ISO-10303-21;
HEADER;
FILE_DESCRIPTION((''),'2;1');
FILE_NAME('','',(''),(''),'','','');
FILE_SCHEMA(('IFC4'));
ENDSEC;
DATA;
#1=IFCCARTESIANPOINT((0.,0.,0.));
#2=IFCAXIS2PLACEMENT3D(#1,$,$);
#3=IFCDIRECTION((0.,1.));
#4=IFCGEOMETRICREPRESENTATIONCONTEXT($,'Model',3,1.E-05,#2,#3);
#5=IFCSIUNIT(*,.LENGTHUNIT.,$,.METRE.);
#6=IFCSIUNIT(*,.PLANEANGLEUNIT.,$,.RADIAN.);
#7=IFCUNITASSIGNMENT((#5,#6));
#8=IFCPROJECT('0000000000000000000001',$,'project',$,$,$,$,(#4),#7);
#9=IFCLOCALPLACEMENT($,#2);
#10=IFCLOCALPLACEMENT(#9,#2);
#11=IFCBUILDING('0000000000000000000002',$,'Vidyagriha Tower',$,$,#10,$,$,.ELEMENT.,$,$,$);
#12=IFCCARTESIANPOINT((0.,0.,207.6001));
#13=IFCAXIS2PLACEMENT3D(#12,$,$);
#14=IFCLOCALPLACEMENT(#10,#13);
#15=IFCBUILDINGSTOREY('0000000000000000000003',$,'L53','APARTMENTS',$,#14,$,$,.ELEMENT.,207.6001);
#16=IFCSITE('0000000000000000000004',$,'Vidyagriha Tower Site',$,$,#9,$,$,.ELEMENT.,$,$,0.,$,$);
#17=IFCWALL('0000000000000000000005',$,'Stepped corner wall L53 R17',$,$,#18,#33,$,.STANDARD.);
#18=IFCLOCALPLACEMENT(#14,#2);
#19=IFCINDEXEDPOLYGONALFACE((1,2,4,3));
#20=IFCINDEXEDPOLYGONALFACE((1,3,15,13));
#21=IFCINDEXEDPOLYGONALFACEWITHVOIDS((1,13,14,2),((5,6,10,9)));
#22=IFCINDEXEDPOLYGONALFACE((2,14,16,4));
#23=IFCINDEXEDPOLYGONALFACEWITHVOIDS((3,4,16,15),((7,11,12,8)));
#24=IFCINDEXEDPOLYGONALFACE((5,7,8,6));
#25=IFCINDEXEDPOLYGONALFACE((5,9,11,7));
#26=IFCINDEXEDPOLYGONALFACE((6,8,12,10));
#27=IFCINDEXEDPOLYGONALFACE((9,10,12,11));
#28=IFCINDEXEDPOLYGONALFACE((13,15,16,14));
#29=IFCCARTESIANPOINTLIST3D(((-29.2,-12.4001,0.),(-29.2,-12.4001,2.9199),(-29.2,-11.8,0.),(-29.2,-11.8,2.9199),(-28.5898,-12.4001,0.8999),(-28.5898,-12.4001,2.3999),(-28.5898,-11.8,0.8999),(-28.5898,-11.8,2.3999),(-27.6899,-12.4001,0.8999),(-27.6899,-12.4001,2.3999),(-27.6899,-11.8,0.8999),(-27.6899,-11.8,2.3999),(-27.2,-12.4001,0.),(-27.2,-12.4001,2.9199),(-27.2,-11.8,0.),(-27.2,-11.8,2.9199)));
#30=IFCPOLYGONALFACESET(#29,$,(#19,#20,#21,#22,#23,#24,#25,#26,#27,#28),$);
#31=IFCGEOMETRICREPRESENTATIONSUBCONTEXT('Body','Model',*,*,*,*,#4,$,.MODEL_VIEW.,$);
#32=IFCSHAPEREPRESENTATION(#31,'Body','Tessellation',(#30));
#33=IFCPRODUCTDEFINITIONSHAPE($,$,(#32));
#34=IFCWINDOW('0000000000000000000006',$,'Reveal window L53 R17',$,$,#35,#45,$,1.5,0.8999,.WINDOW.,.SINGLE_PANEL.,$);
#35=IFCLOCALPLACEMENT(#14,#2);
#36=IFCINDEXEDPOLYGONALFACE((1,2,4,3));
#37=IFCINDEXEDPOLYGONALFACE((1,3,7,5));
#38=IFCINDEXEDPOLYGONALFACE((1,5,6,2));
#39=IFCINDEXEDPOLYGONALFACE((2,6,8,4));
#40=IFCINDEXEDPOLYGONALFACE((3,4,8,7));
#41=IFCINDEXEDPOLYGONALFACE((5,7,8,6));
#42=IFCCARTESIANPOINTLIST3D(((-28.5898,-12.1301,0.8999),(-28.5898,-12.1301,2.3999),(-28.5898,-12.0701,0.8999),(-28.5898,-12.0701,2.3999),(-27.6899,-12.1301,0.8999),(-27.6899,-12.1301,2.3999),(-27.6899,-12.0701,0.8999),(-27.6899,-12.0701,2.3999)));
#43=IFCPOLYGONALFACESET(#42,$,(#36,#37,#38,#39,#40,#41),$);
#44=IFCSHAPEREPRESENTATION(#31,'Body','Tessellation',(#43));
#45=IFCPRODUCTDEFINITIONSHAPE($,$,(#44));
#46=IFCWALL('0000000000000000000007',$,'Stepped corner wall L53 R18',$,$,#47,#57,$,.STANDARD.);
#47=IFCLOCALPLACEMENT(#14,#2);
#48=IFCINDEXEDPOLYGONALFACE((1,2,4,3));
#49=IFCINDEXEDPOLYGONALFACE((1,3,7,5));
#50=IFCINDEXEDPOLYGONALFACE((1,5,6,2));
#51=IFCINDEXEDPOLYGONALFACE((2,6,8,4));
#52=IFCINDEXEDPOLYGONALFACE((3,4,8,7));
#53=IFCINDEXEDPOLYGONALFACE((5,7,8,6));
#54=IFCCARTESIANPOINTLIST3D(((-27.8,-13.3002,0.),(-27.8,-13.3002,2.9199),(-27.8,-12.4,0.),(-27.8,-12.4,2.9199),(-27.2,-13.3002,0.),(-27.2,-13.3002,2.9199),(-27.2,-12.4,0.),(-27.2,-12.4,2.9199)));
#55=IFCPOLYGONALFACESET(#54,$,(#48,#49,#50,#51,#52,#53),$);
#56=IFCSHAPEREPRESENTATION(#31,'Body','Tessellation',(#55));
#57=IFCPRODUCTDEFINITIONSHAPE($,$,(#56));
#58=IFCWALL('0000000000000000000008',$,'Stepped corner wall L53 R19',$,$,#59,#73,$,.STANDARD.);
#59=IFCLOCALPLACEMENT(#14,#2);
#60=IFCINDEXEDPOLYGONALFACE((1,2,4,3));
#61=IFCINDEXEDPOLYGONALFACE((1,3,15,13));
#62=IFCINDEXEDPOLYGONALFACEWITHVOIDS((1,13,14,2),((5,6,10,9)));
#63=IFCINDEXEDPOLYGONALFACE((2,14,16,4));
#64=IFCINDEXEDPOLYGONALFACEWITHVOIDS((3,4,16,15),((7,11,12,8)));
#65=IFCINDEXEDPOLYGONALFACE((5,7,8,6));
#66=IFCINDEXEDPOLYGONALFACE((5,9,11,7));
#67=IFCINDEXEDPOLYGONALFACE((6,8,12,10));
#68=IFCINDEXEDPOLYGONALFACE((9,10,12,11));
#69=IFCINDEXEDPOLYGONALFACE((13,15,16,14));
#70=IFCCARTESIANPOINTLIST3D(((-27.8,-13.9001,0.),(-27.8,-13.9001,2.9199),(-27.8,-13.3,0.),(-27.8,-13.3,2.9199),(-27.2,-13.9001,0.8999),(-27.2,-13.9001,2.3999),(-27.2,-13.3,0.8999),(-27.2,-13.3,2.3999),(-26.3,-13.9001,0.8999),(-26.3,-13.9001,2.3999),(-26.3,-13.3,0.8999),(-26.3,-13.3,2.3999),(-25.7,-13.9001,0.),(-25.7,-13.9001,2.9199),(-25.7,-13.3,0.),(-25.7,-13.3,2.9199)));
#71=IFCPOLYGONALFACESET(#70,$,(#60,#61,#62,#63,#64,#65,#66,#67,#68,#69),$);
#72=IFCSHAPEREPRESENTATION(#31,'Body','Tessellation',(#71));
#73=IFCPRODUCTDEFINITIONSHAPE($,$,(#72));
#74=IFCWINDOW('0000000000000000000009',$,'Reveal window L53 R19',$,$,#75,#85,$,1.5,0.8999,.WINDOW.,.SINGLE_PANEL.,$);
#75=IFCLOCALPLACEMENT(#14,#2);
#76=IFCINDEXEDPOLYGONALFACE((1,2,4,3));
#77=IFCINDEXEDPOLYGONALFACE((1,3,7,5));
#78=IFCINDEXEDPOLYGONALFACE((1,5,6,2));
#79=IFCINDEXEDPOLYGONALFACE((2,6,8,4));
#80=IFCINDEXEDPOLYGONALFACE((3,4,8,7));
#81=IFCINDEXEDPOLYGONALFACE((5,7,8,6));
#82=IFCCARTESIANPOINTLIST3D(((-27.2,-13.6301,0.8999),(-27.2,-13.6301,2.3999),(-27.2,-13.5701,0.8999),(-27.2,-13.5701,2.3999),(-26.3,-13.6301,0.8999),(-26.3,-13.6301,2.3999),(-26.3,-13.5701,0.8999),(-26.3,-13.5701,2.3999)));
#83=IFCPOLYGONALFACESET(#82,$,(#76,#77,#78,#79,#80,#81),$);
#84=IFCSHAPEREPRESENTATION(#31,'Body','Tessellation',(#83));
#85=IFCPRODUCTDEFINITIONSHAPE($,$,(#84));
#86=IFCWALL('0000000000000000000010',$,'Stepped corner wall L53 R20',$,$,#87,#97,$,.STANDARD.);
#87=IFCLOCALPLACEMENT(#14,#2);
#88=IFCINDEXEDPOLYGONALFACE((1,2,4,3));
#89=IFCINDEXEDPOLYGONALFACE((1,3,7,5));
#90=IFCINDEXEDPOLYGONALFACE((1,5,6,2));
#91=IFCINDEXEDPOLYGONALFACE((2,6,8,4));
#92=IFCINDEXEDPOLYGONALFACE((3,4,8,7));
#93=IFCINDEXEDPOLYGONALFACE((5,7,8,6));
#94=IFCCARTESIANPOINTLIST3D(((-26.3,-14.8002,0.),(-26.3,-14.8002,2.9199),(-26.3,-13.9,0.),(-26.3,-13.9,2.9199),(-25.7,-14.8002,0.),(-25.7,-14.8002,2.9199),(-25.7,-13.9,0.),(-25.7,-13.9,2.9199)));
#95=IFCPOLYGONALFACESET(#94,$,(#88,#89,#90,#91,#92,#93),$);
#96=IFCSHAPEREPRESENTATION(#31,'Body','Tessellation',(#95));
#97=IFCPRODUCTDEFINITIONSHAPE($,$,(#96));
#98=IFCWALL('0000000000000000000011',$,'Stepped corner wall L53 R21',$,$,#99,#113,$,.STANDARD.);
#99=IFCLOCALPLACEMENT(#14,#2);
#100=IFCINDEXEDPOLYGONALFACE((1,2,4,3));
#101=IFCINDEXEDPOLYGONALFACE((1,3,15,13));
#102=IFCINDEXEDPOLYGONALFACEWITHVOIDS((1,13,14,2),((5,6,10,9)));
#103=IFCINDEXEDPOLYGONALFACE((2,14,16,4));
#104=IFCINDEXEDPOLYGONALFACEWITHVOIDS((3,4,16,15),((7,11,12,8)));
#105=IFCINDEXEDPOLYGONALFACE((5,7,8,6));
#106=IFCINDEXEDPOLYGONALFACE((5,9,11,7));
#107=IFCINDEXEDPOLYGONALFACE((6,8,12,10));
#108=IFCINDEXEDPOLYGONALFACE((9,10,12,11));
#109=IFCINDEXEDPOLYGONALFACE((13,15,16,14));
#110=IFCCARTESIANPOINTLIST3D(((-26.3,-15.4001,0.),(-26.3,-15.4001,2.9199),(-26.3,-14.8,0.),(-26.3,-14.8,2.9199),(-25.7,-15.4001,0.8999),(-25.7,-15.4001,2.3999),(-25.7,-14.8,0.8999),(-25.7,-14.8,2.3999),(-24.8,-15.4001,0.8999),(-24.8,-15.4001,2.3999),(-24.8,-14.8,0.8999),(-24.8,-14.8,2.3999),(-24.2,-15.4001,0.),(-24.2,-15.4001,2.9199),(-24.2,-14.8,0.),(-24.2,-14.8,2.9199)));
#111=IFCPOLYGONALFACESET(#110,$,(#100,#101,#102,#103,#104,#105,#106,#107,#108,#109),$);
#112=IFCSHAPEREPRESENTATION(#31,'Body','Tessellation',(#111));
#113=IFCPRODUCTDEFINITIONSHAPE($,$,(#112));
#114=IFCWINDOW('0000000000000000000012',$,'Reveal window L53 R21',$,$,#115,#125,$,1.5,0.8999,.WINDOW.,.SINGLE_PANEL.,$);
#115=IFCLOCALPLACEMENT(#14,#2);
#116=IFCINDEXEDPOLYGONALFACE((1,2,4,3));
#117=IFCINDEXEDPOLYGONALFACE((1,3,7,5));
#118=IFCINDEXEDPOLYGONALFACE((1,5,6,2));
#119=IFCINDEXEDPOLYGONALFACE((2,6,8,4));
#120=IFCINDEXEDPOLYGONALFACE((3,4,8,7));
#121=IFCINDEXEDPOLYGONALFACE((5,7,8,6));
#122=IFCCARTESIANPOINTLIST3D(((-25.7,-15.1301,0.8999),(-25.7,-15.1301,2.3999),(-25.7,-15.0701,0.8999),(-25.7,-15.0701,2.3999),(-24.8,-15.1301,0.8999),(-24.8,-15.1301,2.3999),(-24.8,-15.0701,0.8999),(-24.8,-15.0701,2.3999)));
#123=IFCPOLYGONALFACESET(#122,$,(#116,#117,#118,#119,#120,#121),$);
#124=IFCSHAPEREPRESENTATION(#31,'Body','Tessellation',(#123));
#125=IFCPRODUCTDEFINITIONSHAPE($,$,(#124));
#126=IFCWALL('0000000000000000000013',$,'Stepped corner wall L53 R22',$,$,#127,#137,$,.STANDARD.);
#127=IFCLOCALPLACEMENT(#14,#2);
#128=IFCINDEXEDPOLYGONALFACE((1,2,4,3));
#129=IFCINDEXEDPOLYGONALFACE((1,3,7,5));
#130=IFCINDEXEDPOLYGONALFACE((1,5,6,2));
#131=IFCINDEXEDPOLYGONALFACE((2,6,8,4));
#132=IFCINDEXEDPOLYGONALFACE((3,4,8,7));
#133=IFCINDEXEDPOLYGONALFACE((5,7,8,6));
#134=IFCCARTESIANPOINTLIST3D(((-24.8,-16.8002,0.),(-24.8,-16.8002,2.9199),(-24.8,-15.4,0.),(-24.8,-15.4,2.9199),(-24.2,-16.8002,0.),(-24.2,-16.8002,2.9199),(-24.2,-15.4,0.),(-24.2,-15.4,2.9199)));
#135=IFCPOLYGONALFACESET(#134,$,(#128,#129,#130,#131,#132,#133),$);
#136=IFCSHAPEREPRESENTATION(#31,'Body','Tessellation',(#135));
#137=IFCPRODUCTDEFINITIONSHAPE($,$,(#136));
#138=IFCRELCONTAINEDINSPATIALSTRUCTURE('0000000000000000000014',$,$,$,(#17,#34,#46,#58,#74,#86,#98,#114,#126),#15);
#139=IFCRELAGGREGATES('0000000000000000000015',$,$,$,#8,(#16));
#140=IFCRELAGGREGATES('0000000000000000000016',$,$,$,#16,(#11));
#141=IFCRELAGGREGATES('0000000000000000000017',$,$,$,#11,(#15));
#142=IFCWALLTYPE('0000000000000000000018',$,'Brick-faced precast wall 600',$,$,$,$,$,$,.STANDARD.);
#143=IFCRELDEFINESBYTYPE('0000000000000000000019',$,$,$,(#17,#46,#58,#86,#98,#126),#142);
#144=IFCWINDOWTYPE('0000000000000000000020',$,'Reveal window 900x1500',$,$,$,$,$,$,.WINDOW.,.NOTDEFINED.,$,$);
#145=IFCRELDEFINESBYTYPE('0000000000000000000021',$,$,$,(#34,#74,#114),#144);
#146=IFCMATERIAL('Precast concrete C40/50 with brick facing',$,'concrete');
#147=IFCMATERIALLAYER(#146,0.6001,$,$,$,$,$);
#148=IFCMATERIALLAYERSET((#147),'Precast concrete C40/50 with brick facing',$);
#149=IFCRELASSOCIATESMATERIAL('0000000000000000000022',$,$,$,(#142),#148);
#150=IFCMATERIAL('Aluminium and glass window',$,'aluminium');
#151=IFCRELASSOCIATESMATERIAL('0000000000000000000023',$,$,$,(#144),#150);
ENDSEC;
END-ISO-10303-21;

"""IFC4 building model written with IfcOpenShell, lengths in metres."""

from ifc_helpers import new_model, si_unit, direction, frame, frame_2d, origin, place, context, subcontext, project, spatial, rectangle, extrude, material, layer, layer_set, type_object, element, fill, save


model = new_model("IFC4")

# Units and contexts
model_context = context("Model", 3, precision=1e-05, world=origin(), true_north=direction((0.0, 1.0)))
body_context = subcontext(model_context, "Body", "Model", "MODEL_VIEW")
ifc_project = project(units=[si_unit("LENGTHUNIT", "METRE"), si_unit("PLANEANGLEUNIT", "RADIAN")], contexts=[model_context])

# Site, building, storey
site_placement = place(None, origin())
site = spatial("IfcSite", under=ifc_project, at=site_placement, Name="Vidyagriha Tower Site", CompositionType="ELEMENT", RefElevation=0.0)
building_placement = place(site_placement, origin())
building = spatial("IfcBuilding", under=site, at=building_placement, Name="Vidyagriha Tower", CompositionType="ELEMENT")
storey_placement = place(building_placement, frame((0.0, 0.0, 207.6001)))
storey = spatial("IfcBuildingStorey", under=building, at=storey_placement, Name="L53", Description="APARTMENTS", CompositionType="ELEMENT", Elevation=207.6001)

# Wall, opening, window
ifc_material_1 = material(Name="Precast concrete C40/50 with brick facing", Category="concrete")
ifc_layer_1 = layer(ifc_material_1, 0.6001)
ifc_layer_set_1 = layer_set([ifc_layer_1], Name="Precast concrete C40/50 with brick facing")
wall_type = type_object("IfcWallType", Name="Brick-faced precast wall 600", PredefinedType="STANDARD", material=ifc_layer_set_1)
wall_1_placement = place(storey_placement, frame((-29.2, -12.1001, 0.0)))
wall_1 = element("IfcWall", 1, at=wall_1_placement, inside=storey, type_object=wall_type, Name="Stepped corner wall L53 R17", PredefinedType="STANDARD", context=body_context, shape_type="SweptSolid", body=[
    extrude(rectangle(XDim=2.0, YDim=0.6001, at=frame_2d((1.0, 0.0))), origin(), (0.0, 0.0, 1.0), 2.9199),
])
opening_1_placement = place(wall_1_placement, frame((0.6101, 0.0, 0.8999)))
opening_1 = element("IfcOpeningElement", 2, at=opening_1_placement, cuts=wall_1, PredefinedType="OPENING", context=body_context, shape_type="SweptSolid", body=[
    extrude(rectangle(XDim=0.8999, YDim=1.5, at=frame_2d((0.45, 0.75))), frame((0.0, 0.3101, 0.0), z_axis=(0.0, -1.0, 0.0), x_axis=(1.0, 0.0, 0.0)), (0.0, 0.0, 1.0), 0.6201),
])
ifc_material_2 = material(Name="Aluminium and glass window", Category="aluminium")
window_type = type_object("IfcWindowType", Name="Reveal window 900x1500", PartitioningType="NOTDEFINED", PredefinedType="WINDOW", material=ifc_material_2)
window_1_placement = place(opening_1_placement, origin())
window_1 = element("IfcWindow", 3, at=window_1_placement, inside=storey, type_object=window_type, Name="Reveal window L53 R17", OverallHeight=1.5, OverallWidth=0.8999, PartitioningType="SINGLE_PANEL", PredefinedType="WINDOW", context=body_context, shape_type="SweptSolid", body=[
    extrude(rectangle(XDim=0.8999, YDim=1.5, at=frame_2d((0.45, 0.75))), frame((0.0, 0.03, 0.0), z_axis=(0.0, -1.0, 0.0), x_axis=(1.0, 0.0, 0.0)), (0.0, 0.0, 1.0), 0.0601),
])
fill(opening_1, window_1)

# Wall
wall_2_placement = place(storey_placement, frame((-27.5, -12.3999, 0.0), z_axis=(0.0, 0.0, 1.0), x_axis=(0.0, -1.0, 0.0)))
element("IfcWall", 4, at=wall_2_placement, inside=storey, type_object=wall_type, Name="Stepped corner wall L53 R18", PredefinedType="STANDARD", context=body_context, shape_type="SweptSolid", body=[
    extrude(rectangle(XDim=0.9001, YDim=0.6001, at=frame_2d((0.4502, 0.0))), origin(), (0.0, 0.0, 1.0), 2.9199),
])

# Wall, opening, window
wall_3_placement = place(storey_placement, frame((-27.8, -13.6001, 0.0)))
wall_3 = element("IfcWall", 5, at=wall_3_placement, inside=storey, type_object=wall_type, Name="Stepped corner wall L53 R19", PredefinedType="STANDARD", context=body_context, shape_type="SweptSolid", body=[
    extrude(rectangle(XDim=2.1001, YDim=0.6001, at=frame_2d((1.05, 0.0))), origin(), (0.0, 0.0, 1.0), 2.9199),
])
opening_2_placement = place(wall_3_placement, frame((0.6001, 0.0, 0.8999)))
opening_2 = element("IfcOpeningElement", 6, at=opening_2_placement, cuts=wall_3, PredefinedType="OPENING", context=body_context, shape_type="SweptSolid", body=[
    extrude(rectangle(XDim=0.8999, YDim=1.5, at=frame_2d((0.45, 0.75))), frame((0.0, 0.3101, 0.0), z_axis=(0.0, -1.0, 0.0), x_axis=(1.0, 0.0, 0.0)), (0.0, 0.0, 1.0), 0.6201),
])
window_2_placement = place(opening_2_placement, origin())
window_2 = element("IfcWindow", 7, at=window_2_placement, inside=storey, type_object=window_type, Name="Reveal window L53 R19", OverallHeight=1.5, OverallWidth=0.8999, PartitioningType="SINGLE_PANEL", PredefinedType="WINDOW", context=body_context, shape_type="SweptSolid", body=[
    extrude(rectangle(XDim=0.8999, YDim=1.5, at=frame_2d((0.45, 0.75))), frame((0.0, 0.03, 0.0), z_axis=(0.0, -1.0, 0.0), x_axis=(1.0, 0.0, 0.0)), (0.0, 0.0, 1.0), 0.0601),
])
fill(opening_2, window_2)

# Wall
wall_4_placement = place(storey_placement, frame((-26.0, -13.8999, 0.0), z_axis=(0.0, 0.0, 1.0), x_axis=(0.0, -1.0, 0.0)))
element("IfcWall", 8, at=wall_4_placement, inside=storey, type_object=wall_type, Name="Stepped corner wall L53 R20", PredefinedType="STANDARD", context=body_context, shape_type="SweptSolid", body=[
    extrude(rectangle(XDim=0.9001, YDim=0.6001, at=frame_2d((0.4502, 0.0))), origin(), (0.0, 0.0, 1.0), 2.9199),
])

# Wall, opening, window
wall_5_placement = place(storey_placement, frame((-26.3, -15.1001, 0.0)))
wall_5 = element("IfcWall", 9, at=wall_5_placement, inside=storey, type_object=wall_type, Name="Stepped corner wall L53 R21", PredefinedType="STANDARD", context=body_context, shape_type="SweptSolid", body=[
    extrude(rectangle(XDim=2.1001, YDim=0.6001, at=frame_2d((1.05, 0.0))), origin(), (0.0, 0.0, 1.0), 2.9199),
])
opening_3_placement = place(wall_5_placement, frame((0.6001, 0.0, 0.8999)))
opening_3 = element("IfcOpeningElement", 10, at=opening_3_placement, cuts=wall_5, PredefinedType="OPENING", context=body_context, shape_type="SweptSolid", body=[
    extrude(rectangle(XDim=0.8999, YDim=1.5, at=frame_2d((0.45, 0.75))), frame((0.0, 0.3101, 0.0), z_axis=(0.0, -1.0, 0.0), x_axis=(1.0, 0.0, 0.0)), (0.0, 0.0, 1.0), 0.6201),
])
window_3_placement = place(opening_3_placement, origin())
window_3 = element("IfcWindow", 11, at=window_3_placement, inside=storey, type_object=window_type, Name="Reveal window L53 R21", OverallHeight=1.5, OverallWidth=0.8999, PartitioningType="SINGLE_PANEL", PredefinedType="WINDOW", context=body_context, shape_type="SweptSolid", body=[
    extrude(rectangle(XDim=0.8999, YDim=1.5, at=frame_2d((0.45, 0.75))), frame((0.0, 0.03, 0.0), z_axis=(0.0, -1.0, 0.0), x_axis=(1.0, 0.0, 0.0)), (0.0, 0.0, 1.0), 0.0601),
])
fill(opening_3, window_3)

# Wall
wall_6_placement = place(storey_placement, frame((-24.5, -15.3999, 0.0), z_axis=(0.0, 0.0, 1.0), x_axis=(0.0, -1.0, 0.0)))
element("IfcWall", 12, at=wall_6_placement, inside=storey, type_object=wall_type, Name="Stepped corner wall L53 R22", PredefinedType="STANDARD", context=body_context, shape_type="SweptSolid", body=[
    extrude(rectangle(XDim=1.4001, YDim=0.6001, at=frame_2d((0.7002, 0.0))), origin(), (0.0, 0.0, 1.0), 2.9199),
])

save(model, "model.ifc")
